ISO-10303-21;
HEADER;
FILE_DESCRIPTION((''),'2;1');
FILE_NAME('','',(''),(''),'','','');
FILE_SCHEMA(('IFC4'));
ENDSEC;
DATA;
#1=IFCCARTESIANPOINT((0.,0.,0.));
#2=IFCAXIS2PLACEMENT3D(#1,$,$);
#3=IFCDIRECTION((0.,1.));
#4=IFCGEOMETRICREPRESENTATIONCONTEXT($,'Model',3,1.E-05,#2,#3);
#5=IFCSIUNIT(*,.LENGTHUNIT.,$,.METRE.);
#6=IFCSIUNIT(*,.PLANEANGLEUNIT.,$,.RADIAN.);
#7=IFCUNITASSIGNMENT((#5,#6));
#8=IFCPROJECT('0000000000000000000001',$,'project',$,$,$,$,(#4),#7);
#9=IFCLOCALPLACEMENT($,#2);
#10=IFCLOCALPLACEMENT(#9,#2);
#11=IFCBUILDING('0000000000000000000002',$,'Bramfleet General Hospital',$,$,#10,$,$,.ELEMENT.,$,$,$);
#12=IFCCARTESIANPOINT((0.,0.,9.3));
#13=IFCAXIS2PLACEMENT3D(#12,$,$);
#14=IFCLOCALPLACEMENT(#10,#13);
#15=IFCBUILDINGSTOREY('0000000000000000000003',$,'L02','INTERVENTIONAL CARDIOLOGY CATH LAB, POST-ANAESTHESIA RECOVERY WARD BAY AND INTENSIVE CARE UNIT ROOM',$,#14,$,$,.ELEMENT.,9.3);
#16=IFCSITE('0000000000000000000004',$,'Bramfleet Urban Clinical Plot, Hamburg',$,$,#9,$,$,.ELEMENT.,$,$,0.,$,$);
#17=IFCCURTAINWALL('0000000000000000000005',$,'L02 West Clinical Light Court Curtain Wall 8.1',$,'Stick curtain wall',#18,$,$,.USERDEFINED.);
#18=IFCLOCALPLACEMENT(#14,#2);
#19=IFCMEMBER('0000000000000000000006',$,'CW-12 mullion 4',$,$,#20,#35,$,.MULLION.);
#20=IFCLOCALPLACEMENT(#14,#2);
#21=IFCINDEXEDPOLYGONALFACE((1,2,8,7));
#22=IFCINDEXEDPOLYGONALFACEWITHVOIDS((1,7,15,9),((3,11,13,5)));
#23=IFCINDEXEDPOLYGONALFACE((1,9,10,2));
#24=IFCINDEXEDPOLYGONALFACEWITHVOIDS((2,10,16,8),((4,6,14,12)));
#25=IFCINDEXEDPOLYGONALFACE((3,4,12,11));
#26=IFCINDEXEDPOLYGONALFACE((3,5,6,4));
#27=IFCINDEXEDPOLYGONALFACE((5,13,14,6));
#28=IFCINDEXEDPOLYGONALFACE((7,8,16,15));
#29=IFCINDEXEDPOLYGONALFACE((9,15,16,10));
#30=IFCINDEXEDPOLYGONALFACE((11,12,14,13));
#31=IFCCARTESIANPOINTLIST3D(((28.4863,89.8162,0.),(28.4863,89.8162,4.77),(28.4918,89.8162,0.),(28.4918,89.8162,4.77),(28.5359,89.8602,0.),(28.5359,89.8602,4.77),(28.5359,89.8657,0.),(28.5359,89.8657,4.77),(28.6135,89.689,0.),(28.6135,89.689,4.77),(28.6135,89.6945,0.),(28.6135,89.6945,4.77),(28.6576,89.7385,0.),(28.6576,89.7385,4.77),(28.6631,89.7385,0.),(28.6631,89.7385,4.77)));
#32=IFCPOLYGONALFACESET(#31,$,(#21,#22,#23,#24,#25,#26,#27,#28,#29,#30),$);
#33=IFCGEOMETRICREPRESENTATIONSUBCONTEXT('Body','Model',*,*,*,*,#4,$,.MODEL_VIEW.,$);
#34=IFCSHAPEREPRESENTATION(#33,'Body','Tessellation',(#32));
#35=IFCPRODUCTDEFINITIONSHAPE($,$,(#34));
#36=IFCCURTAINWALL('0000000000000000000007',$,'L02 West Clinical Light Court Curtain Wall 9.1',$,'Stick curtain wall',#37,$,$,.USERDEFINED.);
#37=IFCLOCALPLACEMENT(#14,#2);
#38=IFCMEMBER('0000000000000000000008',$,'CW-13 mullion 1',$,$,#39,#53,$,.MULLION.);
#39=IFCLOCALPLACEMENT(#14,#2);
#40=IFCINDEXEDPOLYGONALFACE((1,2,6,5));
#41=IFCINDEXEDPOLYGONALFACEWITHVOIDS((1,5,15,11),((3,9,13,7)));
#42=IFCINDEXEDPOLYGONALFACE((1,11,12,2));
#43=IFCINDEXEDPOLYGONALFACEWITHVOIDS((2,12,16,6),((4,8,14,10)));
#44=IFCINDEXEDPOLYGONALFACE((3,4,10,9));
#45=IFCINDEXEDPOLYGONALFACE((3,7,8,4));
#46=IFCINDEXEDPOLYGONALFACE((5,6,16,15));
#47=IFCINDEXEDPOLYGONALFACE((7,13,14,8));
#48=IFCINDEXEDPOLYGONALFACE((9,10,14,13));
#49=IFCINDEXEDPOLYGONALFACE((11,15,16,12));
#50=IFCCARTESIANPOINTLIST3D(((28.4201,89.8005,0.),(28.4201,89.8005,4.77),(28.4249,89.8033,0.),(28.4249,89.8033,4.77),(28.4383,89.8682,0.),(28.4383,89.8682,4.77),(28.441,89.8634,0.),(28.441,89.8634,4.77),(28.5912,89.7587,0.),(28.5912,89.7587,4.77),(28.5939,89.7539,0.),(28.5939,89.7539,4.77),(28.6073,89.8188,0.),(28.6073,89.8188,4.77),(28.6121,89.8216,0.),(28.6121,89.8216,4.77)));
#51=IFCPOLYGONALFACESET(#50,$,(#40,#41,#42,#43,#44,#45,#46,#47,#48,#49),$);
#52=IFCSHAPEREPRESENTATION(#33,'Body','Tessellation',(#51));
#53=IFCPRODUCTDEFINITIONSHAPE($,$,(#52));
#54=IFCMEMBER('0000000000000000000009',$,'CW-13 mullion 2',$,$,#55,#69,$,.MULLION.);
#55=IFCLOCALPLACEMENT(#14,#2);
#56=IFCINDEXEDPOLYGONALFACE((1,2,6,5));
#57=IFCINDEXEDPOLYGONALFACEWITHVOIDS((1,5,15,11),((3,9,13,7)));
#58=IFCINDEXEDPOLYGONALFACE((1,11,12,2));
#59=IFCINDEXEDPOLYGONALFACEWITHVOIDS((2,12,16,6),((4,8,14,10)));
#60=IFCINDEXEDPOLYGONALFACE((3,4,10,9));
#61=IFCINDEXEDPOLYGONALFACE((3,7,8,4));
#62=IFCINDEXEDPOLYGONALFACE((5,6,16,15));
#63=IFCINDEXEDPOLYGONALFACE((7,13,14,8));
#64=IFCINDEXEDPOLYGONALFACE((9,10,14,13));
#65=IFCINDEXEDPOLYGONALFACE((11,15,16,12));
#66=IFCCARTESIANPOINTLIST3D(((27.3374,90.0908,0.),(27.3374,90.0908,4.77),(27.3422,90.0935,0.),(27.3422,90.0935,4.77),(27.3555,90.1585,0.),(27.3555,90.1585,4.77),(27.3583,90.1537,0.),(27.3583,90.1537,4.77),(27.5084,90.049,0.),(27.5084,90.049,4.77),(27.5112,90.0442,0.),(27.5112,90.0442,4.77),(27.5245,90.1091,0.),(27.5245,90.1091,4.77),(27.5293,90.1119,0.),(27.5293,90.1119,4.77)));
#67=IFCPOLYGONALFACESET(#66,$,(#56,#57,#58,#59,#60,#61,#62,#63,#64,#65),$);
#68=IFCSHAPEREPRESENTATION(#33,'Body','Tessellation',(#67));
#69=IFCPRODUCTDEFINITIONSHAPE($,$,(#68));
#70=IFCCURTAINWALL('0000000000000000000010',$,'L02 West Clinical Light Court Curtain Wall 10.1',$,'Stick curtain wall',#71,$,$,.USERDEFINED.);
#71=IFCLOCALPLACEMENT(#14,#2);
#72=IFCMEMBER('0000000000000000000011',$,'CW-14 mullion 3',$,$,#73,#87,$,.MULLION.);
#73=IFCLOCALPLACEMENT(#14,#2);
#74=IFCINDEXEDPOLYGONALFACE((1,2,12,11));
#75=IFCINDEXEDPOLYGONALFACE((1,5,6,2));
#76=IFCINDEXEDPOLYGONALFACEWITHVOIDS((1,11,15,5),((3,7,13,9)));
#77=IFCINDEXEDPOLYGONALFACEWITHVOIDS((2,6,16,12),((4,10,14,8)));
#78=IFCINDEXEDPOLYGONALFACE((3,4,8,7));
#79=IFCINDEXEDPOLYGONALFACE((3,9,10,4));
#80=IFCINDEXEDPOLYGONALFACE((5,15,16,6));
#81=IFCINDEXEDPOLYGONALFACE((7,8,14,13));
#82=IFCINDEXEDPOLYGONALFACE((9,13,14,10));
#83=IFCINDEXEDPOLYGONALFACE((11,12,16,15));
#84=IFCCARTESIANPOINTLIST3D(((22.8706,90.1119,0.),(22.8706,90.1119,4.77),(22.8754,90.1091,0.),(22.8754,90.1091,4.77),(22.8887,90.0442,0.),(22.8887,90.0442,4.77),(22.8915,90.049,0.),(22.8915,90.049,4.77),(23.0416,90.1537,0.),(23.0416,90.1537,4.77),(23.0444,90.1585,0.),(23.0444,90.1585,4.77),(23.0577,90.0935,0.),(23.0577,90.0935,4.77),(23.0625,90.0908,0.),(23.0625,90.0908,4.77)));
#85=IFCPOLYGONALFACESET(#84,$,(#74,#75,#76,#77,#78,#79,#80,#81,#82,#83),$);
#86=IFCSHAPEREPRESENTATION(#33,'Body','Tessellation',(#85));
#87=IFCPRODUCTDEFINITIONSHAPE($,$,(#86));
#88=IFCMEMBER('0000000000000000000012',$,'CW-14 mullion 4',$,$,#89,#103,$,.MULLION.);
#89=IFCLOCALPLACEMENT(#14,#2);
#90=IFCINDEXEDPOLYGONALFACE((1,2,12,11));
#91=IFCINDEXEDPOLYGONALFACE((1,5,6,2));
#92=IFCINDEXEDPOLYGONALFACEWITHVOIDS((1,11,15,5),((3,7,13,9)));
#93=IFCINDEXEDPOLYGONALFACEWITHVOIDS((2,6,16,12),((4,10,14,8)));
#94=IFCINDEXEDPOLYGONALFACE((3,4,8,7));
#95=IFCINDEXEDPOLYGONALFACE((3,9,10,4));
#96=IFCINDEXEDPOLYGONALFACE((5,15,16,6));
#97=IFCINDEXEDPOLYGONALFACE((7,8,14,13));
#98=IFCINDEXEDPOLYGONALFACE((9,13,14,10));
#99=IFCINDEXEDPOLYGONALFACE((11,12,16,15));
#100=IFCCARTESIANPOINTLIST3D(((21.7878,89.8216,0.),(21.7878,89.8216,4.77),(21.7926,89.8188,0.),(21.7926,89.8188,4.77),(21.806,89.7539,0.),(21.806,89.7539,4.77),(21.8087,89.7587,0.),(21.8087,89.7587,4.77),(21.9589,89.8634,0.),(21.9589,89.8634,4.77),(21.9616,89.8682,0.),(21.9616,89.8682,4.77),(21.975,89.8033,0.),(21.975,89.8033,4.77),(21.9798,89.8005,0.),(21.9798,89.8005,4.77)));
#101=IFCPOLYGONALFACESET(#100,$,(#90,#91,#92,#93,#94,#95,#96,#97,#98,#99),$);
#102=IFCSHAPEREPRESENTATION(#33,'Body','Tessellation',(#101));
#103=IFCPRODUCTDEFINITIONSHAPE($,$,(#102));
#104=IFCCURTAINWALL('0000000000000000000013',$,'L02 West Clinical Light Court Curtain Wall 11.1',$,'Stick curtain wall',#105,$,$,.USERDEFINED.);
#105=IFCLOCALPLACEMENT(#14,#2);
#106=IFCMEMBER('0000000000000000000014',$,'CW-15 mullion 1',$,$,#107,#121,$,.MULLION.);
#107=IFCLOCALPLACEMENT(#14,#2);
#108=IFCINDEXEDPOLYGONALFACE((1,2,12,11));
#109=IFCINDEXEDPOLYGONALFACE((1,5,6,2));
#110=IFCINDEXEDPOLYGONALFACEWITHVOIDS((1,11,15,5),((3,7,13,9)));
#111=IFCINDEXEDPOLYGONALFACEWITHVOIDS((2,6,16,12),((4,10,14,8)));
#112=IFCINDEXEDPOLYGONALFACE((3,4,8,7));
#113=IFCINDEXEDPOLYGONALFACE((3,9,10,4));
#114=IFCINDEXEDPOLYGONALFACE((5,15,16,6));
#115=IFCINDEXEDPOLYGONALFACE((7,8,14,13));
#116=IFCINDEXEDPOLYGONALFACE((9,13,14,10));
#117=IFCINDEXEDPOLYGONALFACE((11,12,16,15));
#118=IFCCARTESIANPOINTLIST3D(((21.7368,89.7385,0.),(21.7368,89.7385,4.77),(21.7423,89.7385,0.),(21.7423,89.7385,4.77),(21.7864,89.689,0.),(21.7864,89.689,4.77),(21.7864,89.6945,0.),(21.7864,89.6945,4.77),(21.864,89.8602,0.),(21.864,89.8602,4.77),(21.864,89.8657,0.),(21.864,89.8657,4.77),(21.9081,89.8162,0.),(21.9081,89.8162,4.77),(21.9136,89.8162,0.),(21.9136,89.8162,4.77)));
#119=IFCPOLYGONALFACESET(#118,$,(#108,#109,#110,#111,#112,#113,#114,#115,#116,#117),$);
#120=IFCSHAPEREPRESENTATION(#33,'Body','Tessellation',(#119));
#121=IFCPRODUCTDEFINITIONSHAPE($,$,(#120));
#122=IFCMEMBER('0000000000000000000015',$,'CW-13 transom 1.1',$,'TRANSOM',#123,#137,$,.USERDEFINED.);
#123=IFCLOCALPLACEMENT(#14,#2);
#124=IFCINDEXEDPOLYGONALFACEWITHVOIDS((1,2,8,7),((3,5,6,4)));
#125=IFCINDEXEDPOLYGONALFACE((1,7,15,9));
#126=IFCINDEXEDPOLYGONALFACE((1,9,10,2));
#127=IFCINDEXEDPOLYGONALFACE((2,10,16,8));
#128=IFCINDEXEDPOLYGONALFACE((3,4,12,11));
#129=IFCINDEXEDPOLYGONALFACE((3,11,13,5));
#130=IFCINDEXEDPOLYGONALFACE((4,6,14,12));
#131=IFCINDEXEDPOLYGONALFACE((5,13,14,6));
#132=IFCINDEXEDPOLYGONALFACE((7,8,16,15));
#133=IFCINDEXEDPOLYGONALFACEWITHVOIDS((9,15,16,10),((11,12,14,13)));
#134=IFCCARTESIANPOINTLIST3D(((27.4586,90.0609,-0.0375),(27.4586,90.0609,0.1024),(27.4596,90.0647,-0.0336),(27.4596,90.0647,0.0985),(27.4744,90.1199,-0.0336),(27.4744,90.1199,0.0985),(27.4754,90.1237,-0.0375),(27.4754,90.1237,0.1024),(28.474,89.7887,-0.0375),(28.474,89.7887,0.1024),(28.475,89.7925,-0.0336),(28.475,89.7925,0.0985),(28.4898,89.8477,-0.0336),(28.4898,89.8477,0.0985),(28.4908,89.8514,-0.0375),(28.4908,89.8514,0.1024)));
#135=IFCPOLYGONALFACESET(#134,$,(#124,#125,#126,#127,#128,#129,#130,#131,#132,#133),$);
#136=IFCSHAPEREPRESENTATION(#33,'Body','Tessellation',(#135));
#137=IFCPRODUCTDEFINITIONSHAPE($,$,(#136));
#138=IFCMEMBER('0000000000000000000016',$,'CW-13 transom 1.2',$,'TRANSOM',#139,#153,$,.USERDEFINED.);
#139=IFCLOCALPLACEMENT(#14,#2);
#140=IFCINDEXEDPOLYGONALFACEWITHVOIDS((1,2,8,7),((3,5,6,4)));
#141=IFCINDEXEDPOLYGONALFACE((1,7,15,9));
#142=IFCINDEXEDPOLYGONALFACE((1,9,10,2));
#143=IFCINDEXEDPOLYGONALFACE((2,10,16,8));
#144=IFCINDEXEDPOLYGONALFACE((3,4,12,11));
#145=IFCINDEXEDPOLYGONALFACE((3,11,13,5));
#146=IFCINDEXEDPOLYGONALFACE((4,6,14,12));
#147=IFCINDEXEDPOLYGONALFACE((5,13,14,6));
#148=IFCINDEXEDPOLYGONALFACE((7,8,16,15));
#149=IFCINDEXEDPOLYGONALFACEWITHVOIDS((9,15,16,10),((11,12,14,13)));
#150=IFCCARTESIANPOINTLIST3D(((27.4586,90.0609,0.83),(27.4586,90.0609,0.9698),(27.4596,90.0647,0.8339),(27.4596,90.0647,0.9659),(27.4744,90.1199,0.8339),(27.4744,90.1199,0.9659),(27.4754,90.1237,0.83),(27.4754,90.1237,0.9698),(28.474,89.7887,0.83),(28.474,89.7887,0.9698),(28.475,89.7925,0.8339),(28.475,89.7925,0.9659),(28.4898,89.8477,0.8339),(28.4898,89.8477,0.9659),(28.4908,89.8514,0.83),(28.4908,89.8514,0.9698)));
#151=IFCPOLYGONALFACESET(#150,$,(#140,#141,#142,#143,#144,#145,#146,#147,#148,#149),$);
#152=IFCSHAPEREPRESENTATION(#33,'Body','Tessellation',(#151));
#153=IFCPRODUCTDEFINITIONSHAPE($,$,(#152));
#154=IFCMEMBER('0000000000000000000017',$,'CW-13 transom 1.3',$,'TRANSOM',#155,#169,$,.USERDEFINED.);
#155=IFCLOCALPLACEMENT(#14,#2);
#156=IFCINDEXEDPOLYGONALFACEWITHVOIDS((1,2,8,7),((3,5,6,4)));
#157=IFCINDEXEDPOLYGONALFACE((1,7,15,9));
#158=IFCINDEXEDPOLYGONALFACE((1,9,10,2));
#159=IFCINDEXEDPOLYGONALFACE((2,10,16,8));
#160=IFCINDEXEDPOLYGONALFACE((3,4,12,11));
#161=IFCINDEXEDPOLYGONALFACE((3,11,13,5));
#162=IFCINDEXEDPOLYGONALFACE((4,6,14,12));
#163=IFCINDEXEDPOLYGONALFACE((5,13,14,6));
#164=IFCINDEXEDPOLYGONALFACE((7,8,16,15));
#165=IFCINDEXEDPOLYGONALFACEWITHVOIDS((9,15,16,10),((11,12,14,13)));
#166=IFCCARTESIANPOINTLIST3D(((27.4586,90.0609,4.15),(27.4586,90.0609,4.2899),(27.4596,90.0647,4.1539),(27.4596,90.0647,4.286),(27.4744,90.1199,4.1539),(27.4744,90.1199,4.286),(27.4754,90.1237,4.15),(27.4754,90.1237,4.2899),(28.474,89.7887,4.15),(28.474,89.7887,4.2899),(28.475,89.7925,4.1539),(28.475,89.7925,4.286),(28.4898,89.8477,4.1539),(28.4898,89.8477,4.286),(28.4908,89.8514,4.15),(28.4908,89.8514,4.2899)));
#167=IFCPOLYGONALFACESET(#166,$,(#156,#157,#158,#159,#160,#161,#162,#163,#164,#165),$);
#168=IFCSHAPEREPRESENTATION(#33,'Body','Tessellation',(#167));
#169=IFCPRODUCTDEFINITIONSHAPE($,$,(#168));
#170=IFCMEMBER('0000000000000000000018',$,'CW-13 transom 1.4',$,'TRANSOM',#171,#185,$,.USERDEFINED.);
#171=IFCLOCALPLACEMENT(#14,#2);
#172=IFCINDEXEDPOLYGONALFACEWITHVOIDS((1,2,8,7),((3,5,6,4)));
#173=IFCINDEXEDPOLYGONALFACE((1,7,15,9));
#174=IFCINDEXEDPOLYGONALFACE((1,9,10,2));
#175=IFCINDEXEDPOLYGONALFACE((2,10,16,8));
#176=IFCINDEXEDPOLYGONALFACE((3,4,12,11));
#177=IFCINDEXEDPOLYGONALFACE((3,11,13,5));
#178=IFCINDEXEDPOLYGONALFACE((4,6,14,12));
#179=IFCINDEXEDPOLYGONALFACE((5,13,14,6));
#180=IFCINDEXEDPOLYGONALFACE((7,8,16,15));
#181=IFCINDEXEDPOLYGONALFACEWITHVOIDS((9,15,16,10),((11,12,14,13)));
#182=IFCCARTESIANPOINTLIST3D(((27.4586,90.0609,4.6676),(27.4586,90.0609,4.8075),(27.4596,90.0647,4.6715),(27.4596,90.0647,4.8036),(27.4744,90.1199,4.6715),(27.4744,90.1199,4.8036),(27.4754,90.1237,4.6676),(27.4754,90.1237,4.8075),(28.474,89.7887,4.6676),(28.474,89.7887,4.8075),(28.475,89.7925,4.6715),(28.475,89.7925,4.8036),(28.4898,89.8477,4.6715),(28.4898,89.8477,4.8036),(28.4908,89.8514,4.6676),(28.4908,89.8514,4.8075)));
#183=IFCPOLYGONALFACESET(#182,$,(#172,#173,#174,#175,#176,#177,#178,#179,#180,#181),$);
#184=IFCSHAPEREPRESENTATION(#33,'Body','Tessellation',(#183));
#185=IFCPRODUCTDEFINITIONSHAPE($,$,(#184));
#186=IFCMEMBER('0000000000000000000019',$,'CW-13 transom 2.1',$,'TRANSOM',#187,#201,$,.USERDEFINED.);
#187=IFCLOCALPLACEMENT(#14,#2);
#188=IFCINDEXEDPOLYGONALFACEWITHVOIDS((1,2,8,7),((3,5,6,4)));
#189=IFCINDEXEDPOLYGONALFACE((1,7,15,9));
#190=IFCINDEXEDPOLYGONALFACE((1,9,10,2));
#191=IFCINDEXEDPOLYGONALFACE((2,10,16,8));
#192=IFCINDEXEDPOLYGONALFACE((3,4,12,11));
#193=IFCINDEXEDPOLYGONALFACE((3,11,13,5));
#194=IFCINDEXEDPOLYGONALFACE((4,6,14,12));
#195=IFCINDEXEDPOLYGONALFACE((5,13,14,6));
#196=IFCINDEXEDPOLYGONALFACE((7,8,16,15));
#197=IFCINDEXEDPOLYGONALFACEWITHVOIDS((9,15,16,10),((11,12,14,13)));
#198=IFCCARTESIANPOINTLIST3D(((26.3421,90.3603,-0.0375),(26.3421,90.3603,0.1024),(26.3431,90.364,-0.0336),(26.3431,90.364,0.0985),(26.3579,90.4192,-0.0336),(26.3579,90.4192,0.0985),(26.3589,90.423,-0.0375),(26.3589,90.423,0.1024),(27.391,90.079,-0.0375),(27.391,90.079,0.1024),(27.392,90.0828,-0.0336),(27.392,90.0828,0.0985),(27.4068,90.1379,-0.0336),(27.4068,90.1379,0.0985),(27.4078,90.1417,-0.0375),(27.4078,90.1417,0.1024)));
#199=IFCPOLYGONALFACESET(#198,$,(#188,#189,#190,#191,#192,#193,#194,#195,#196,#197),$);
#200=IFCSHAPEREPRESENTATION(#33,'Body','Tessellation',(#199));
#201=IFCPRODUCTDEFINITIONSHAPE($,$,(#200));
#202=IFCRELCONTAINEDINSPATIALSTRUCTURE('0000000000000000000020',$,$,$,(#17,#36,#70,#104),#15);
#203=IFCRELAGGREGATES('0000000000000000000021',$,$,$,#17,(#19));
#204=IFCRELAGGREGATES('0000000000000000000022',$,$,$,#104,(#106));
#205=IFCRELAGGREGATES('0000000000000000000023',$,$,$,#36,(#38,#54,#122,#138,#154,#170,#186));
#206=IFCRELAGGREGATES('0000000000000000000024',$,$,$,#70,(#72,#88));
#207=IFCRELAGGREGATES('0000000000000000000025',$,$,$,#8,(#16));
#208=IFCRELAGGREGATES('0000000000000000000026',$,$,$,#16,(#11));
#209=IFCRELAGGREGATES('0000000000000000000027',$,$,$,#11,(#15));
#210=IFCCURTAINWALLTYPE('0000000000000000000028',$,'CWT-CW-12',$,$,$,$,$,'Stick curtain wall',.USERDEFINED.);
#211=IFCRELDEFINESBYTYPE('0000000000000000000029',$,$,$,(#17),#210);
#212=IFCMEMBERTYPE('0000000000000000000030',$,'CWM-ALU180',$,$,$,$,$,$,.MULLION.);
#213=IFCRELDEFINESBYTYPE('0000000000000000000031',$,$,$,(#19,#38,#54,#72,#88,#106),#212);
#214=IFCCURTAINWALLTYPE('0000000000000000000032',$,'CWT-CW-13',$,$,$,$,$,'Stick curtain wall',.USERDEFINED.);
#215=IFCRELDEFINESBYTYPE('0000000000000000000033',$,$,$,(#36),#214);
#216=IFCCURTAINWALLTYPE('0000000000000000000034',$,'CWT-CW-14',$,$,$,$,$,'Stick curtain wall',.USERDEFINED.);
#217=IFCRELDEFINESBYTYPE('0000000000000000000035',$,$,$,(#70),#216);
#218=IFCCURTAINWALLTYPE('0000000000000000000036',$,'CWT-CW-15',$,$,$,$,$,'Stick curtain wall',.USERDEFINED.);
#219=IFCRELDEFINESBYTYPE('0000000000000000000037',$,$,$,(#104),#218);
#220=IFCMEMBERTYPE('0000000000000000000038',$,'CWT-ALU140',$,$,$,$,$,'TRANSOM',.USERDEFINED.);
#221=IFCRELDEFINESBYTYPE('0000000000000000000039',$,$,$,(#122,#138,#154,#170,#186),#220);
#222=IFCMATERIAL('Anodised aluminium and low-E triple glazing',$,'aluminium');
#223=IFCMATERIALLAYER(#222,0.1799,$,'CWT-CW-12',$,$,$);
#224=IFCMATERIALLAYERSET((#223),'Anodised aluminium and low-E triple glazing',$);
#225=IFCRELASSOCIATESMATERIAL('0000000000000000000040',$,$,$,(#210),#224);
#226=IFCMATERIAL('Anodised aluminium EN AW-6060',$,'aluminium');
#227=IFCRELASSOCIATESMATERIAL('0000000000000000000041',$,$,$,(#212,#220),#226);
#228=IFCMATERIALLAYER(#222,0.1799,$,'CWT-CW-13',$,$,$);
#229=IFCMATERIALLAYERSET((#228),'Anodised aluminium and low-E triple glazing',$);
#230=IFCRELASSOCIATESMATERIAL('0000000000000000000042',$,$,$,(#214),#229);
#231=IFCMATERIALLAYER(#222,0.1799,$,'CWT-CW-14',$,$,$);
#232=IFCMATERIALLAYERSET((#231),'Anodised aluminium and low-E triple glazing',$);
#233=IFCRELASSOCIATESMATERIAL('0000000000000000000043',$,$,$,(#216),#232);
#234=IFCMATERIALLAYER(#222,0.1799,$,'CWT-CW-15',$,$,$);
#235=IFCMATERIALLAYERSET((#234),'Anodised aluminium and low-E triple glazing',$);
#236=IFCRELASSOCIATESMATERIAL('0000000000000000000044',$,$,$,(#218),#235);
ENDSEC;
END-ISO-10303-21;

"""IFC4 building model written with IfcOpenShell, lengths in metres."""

from ifc_helpers import new_model, si_unit, direction, frame, origin, origin_2d, place, context, subcontext, project, spatial, hollow_rectangle, extrude, material, layer, layer_set, material_profile, profile_set, type_object, element, aggregate, save


model = new_model("IFC4")

# Units and contexts
model_context = context("Model", 3, precision=1e-05, world=origin(), true_north=direction((0.0, 1.0)))
body_context = subcontext(model_context, "Body", "Model", "MODEL_VIEW")
ifc_project = project(units=[si_unit("LENGTHUNIT", "METRE"), si_unit("PLANEANGLEUNIT", "RADIAN")], contexts=[model_context])

# Site, building, storey
site_placement = place(None, origin())
site = spatial("IfcSite", under=ifc_project, at=site_placement, Name="Bramfleet Urban Clinical Plot, Hamburg", CompositionType="ELEMENT", RefElevation=0.0)
building_placement = place(site_placement, origin())
building = spatial("IfcBuilding", under=site, at=building_placement, Name="Bramfleet General Hospital", CompositionType="ELEMENT")
storey_placement = place(building_placement, frame((0.0, 0.0, 9.3)))
storey = spatial("IfcBuildingStorey", under=building, at=storey_placement, Name="L02", Description="INTERVENTIONAL CARDIOLOGY CATH LAB, POST-ANAESTHESIA RECOVERY WARD BAY AND INTENSIVE CARE UNIT ROOM", CompositionType="ELEMENT", Elevation=9.3)

# Curtain wall, member
ifc_material_1 = material(Name="Anodised aluminium and low-E triple glazing", Category="aluminium")
ifc_layer_1 = layer(ifc_material_1, 0.1799, Name="CWT-CW-12")
ifc_layer_set_1 = layer_set([ifc_layer_1], Name="Anodised aluminium and low-E triple glazing")
curtain_wall_type_1 = type_object("IfcCurtainWallType", Name="CWT-CW-12", ElementType="Stick curtain wall", PredefinedType="USERDEFINED", material=ifc_layer_set_1)
curtain_wall_1_placement = place(storey_placement, origin())
curtain_wall_1 = element("IfcCurtainWall", 1, at=curtain_wall_1_placement, inside=storey, type_object=curtain_wall_type_1, Name="L02 West Clinical Light Court Curtain Wall 8.1", ObjectType="Stick curtain wall", PredefinedType="USERDEFINED")
ifc_material_2 = material(Name="Anodised aluminium EN AW-6060", Category="aluminium")
ifc_material_profile_1 = material_profile(ifc_material_2, hollow_rectangle(XDim=0.0701, YDim=0.1799, WallThickness=0.0039, at=origin_2d()), Name="ALU 180x70x4.0")
ifc_profile_set_1 = profile_set([ifc_material_profile_1], Name="Anodised aluminium EN AW-6060")
member_type_1 = type_object("IfcMemberType", Name="CWM-ALU180", PredefinedType="MULLION", material=ifc_profile_set_1)
member_1_placement = place(storey_placement, frame((28.5747, 89.7773, 0.0), z_axis=(0.0, 0.0, 1.0), x_axis=(-0.707107, -0.707107, 0.0)))
member_1 = element("IfcMember", 2, at=member_1_placement, type_object=member_type_1, Name="CW-12 mullion 4", PredefinedType="MULLION", context=body_context, shape_type="SweptSolid", body=[
    extrude(hollow_rectangle(XDim=0.0701, YDim=0.1799, WallThickness=0.0039, at=origin_2d()), origin(), (0.0, 0.0, 1.0), 4.77),
])
aggregate(curtain_wall_1, [member_1])

# Curtain walls, members
ifc_layer_2 = layer(ifc_material_1, 0.1799, Name="CWT-CW-13")
ifc_layer_set_2 = layer_set([ifc_layer_2], Name="Anodised aluminium and low-E triple glazing")
curtain_wall_type_2 = type_object("IfcCurtainWallType", Name="CWT-CW-13", ElementType="Stick curtain wall", PredefinedType="USERDEFINED", material=ifc_layer_set_2)
curtain_wall_2_placement = place(storey_placement, origin())
curtain_wall_2 = element("IfcCurtainWall", 3, at=curtain_wall_2_placement, inside=storey, type_object=curtain_wall_type_2, Name="L02 West Clinical Light Court Curtain Wall 9.1", ObjectType="Stick curtain wall", PredefinedType="USERDEFINED")
member_2_placement = place(storey_placement, frame((28.5161, 89.811, 0.0), z_axis=(0.0, 0.0, 1.0), x_axis=(-0.258919, -0.965899, 0.0)))
member_2 = element("IfcMember", 4, at=member_2_placement, type_object=member_type_1, Name="CW-13 mullion 1", PredefinedType="MULLION", context=body_context, shape_type="SweptSolid", body=[
    extrude(hollow_rectangle(XDim=0.0701, YDim=0.1799, WallThickness=0.0039, at=origin_2d()), origin(), (0.0, 0.0, 1.0), 4.77),
])
member_3_placement = place(storey_placement, frame((27.4333, 90.1013, 0.0), z_axis=(0.0, 0.0, 1.0), x_axis=(-0.258919, -0.965899, 0.0)))
member_3 = element("IfcMember", 5, at=member_3_placement, type_object=member_type_1, Name="CW-13 mullion 2", PredefinedType="MULLION", context=body_context, shape_type="SweptSolid", body=[
    extrude(hollow_rectangle(XDim=0.0701, YDim=0.1799, WallThickness=0.0039, at=origin_2d()), origin(), (0.0, 0.0, 1.0), 4.77),
])
ifc_layer_3 = layer(ifc_material_1, 0.1799, Name="CWT-CW-14")
ifc_layer_set_3 = layer_set([ifc_layer_3], Name="Anodised aluminium and low-E triple glazing")
curtain_wall_type_3 = type_object("IfcCurtainWallType", Name="CWT-CW-14", ElementType="Stick curtain wall", PredefinedType="USERDEFINED", material=ifc_layer_set_3)
curtain_wall_3_placement = place(storey_placement, origin())
curtain_wall_3 = element("IfcCurtainWall", 6, at=curtain_wall_3_placement, inside=storey, type_object=curtain_wall_type_3, Name="L02 West Clinical Light Court Curtain Wall 10.1", ObjectType="Stick curtain wall", PredefinedType="USERDEFINED")
member_4_placement = place(storey_placement, frame((22.9666, 90.1013, 0.0), z_axis=(0.0, 0.0, 1.0), x_axis=(0.258919, -0.965899, 0.0)))
member_4 = element("IfcMember", 7, at=member_4_placement, type_object=member_type_1, Name="CW-14 mullion 3", PredefinedType="MULLION", context=body_context, shape_type="SweptSolid", body=[
    extrude(hollow_rectangle(XDim=0.0701, YDim=0.1799, WallThickness=0.0039, at=origin_2d()), origin(), (0.0, 0.0, 1.0), 4.77),
])
member_5_placement = place(storey_placement, frame((21.8838, 89.811, 0.0), z_axis=(0.0, 0.0, 1.0), x_axis=(0.258919, -0.965899, 0.0)))
member_5 = element("IfcMember", 8, at=member_5_placement, type_object=member_type_1, Name="CW-14 mullion 4", PredefinedType="MULLION", context=body_context, shape_type="SweptSolid", body=[
    extrude(hollow_rectangle(XDim=0.0701, YDim=0.1799, WallThickness=0.0039, at=origin_2d()), origin(), (0.0, 0.0, 1.0), 4.77),
])

# Curtain wall, member
ifc_layer_4 = layer(ifc_material_1, 0.1799, Name="CWT-CW-15")
ifc_layer_set_4 = layer_set([ifc_layer_4], Name="Anodised aluminium and low-E triple glazing")
curtain_wall_type_4 = type_object("IfcCurtainWallType", Name="CWT-CW-15", ElementType="Stick curtain wall", PredefinedType="USERDEFINED", material=ifc_layer_set_4)
curtain_wall_4_placement = place(storey_placement, origin())
curtain_wall_4 = element("IfcCurtainWall", 9, at=curtain_wall_4_placement, inside=storey, type_object=curtain_wall_type_4, Name="L02 West Clinical Light Court Curtain Wall 11.1", ObjectType="Stick curtain wall", PredefinedType="USERDEFINED")
member_6_placement = place(storey_placement, frame((21.8252, 89.7773, 0.0), z_axis=(0.0, 0.0, 1.0), x_axis=(0.707107, -0.707107, 0.0)))
member_6 = element("IfcMember", 10, at=member_6_placement, type_object=member_type_1, Name="CW-15 mullion 1", PredefinedType="MULLION", context=body_context, shape_type="SweptSolid", body=[
    extrude(hollow_rectangle(XDim=0.0701, YDim=0.1799, WallThickness=0.0039, at=origin_2d()), origin(), (0.0, 0.0, 1.0), 4.77),
])

# Members
ifc_material_profile_2 = material_profile(ifc_material_2, hollow_rectangle(XDim=0.0649, YDim=0.1399, WallThickness=0.0039, at=origin_2d()), Name="ALU 140x65x4.0")
ifc_profile_set_2 = profile_set([ifc_material_profile_2], Name="Anodised aluminium EN AW-6060")
member_type_2 = type_object("IfcMemberType", Name="CWT-ALU140", ElementType="TRANSOM", PredefinedType="USERDEFINED", material=ifc_profile_set_2)
member_7_placement = place(storey_placement, frame((28.4824, 89.8201, 0.0325), z_axis=(-0.965891, 0.258949, 0.0), x_axis=(-0.258949, -0.965891, 0.0)))
member_7 = element("IfcMember", 11, at=member_7_placement, type_object=member_type_2, Name="CW-13 transom 1.1", ObjectType="TRANSOM", PredefinedType="USERDEFINED", context=body_context, shape_type="SweptSolid", body=[
    extrude(hollow_rectangle(XDim=0.0649, YDim=0.1399, WallThickness=0.0039, at=origin_2d()), origin(), (0.0, 0.0, 1.0), 1.0513),
])
member_8_placement = place(storey_placement, frame((28.4824, 89.8201, 0.8999), z_axis=(-0.965891, 0.258949, 0.0), x_axis=(-0.258949, -0.965891, 0.0)))
member_8 = element("IfcMember", 12, at=member_8_placement, type_object=member_type_2, Name="CW-13 transom 1.2", ObjectType="TRANSOM", PredefinedType="USERDEFINED", context=body_context, shape_type="SweptSolid", body=[
    extrude(hollow_rectangle(XDim=0.0649, YDim=0.1399, WallThickness=0.0039, at=origin_2d()), origin(), (0.0, 0.0, 1.0), 1.0513),
])
member_9_placement = place(storey_placement, frame((28.4824, 89.8201, 4.22), z_axis=(-0.965891, 0.258949, 0.0), x_axis=(-0.258949, -0.965891, 0.0)))
member_9 = element("IfcMember", 13, at=member_9_placement, type_object=member_type_2, Name="CW-13 transom 1.3", ObjectType="TRANSOM", PredefinedType="USERDEFINED", context=body_context, shape_type="SweptSolid", body=[
    extrude(hollow_rectangle(XDim=0.0649, YDim=0.1399, WallThickness=0.0039, at=origin_2d()), origin(), (0.0, 0.0, 1.0), 1.0513),
])
member_10_placement = place(storey_placement, frame((28.4824, 89.8201, 4.7375), z_axis=(-0.965891, 0.258949, 0.0), x_axis=(-0.258949, -0.965891, 0.0)))
member_10 = element("IfcMember", 14, at=member_10_placement, type_object=member_type_2, Name="CW-13 transom 1.4", ObjectType="TRANSOM", PredefinedType="USERDEFINED", context=body_context, shape_type="SweptSolid", body=[
    extrude(hollow_rectangle(XDim=0.0649, YDim=0.1399, WallThickness=0.0039, at=origin_2d()), origin(), (0.0, 0.0, 1.0), 1.0513),
])
member_11_placement = place(storey_placement, frame((27.3994, 90.1104, 0.0325), z_axis=(-0.965876, 0.259006, 0.0), x_axis=(-0.259006, -0.965876, 0.0)))
member_11 = element("IfcMember", 15, at=member_11_placement, type_object=member_type_2, Name="CW-13 transom 2.1", ObjectType="TRANSOM", PredefinedType="USERDEFINED", context=body_context, shape_type="SweptSolid", body=[
    extrude(hollow_rectangle(XDim=0.0649, YDim=0.1399, WallThickness=0.0039, at=origin_2d()), origin(), (0.0, 0.0, 1.0), 1.0859),
])
aggregate(curtain_wall_4, [member_6])

aggregate(curtain_wall_2, [member_2, member_3, member_7, member_8, member_9, member_10, member_11])
aggregate(curtain_wall_3, [member_4, member_5])

save(model, "model.ifc")
